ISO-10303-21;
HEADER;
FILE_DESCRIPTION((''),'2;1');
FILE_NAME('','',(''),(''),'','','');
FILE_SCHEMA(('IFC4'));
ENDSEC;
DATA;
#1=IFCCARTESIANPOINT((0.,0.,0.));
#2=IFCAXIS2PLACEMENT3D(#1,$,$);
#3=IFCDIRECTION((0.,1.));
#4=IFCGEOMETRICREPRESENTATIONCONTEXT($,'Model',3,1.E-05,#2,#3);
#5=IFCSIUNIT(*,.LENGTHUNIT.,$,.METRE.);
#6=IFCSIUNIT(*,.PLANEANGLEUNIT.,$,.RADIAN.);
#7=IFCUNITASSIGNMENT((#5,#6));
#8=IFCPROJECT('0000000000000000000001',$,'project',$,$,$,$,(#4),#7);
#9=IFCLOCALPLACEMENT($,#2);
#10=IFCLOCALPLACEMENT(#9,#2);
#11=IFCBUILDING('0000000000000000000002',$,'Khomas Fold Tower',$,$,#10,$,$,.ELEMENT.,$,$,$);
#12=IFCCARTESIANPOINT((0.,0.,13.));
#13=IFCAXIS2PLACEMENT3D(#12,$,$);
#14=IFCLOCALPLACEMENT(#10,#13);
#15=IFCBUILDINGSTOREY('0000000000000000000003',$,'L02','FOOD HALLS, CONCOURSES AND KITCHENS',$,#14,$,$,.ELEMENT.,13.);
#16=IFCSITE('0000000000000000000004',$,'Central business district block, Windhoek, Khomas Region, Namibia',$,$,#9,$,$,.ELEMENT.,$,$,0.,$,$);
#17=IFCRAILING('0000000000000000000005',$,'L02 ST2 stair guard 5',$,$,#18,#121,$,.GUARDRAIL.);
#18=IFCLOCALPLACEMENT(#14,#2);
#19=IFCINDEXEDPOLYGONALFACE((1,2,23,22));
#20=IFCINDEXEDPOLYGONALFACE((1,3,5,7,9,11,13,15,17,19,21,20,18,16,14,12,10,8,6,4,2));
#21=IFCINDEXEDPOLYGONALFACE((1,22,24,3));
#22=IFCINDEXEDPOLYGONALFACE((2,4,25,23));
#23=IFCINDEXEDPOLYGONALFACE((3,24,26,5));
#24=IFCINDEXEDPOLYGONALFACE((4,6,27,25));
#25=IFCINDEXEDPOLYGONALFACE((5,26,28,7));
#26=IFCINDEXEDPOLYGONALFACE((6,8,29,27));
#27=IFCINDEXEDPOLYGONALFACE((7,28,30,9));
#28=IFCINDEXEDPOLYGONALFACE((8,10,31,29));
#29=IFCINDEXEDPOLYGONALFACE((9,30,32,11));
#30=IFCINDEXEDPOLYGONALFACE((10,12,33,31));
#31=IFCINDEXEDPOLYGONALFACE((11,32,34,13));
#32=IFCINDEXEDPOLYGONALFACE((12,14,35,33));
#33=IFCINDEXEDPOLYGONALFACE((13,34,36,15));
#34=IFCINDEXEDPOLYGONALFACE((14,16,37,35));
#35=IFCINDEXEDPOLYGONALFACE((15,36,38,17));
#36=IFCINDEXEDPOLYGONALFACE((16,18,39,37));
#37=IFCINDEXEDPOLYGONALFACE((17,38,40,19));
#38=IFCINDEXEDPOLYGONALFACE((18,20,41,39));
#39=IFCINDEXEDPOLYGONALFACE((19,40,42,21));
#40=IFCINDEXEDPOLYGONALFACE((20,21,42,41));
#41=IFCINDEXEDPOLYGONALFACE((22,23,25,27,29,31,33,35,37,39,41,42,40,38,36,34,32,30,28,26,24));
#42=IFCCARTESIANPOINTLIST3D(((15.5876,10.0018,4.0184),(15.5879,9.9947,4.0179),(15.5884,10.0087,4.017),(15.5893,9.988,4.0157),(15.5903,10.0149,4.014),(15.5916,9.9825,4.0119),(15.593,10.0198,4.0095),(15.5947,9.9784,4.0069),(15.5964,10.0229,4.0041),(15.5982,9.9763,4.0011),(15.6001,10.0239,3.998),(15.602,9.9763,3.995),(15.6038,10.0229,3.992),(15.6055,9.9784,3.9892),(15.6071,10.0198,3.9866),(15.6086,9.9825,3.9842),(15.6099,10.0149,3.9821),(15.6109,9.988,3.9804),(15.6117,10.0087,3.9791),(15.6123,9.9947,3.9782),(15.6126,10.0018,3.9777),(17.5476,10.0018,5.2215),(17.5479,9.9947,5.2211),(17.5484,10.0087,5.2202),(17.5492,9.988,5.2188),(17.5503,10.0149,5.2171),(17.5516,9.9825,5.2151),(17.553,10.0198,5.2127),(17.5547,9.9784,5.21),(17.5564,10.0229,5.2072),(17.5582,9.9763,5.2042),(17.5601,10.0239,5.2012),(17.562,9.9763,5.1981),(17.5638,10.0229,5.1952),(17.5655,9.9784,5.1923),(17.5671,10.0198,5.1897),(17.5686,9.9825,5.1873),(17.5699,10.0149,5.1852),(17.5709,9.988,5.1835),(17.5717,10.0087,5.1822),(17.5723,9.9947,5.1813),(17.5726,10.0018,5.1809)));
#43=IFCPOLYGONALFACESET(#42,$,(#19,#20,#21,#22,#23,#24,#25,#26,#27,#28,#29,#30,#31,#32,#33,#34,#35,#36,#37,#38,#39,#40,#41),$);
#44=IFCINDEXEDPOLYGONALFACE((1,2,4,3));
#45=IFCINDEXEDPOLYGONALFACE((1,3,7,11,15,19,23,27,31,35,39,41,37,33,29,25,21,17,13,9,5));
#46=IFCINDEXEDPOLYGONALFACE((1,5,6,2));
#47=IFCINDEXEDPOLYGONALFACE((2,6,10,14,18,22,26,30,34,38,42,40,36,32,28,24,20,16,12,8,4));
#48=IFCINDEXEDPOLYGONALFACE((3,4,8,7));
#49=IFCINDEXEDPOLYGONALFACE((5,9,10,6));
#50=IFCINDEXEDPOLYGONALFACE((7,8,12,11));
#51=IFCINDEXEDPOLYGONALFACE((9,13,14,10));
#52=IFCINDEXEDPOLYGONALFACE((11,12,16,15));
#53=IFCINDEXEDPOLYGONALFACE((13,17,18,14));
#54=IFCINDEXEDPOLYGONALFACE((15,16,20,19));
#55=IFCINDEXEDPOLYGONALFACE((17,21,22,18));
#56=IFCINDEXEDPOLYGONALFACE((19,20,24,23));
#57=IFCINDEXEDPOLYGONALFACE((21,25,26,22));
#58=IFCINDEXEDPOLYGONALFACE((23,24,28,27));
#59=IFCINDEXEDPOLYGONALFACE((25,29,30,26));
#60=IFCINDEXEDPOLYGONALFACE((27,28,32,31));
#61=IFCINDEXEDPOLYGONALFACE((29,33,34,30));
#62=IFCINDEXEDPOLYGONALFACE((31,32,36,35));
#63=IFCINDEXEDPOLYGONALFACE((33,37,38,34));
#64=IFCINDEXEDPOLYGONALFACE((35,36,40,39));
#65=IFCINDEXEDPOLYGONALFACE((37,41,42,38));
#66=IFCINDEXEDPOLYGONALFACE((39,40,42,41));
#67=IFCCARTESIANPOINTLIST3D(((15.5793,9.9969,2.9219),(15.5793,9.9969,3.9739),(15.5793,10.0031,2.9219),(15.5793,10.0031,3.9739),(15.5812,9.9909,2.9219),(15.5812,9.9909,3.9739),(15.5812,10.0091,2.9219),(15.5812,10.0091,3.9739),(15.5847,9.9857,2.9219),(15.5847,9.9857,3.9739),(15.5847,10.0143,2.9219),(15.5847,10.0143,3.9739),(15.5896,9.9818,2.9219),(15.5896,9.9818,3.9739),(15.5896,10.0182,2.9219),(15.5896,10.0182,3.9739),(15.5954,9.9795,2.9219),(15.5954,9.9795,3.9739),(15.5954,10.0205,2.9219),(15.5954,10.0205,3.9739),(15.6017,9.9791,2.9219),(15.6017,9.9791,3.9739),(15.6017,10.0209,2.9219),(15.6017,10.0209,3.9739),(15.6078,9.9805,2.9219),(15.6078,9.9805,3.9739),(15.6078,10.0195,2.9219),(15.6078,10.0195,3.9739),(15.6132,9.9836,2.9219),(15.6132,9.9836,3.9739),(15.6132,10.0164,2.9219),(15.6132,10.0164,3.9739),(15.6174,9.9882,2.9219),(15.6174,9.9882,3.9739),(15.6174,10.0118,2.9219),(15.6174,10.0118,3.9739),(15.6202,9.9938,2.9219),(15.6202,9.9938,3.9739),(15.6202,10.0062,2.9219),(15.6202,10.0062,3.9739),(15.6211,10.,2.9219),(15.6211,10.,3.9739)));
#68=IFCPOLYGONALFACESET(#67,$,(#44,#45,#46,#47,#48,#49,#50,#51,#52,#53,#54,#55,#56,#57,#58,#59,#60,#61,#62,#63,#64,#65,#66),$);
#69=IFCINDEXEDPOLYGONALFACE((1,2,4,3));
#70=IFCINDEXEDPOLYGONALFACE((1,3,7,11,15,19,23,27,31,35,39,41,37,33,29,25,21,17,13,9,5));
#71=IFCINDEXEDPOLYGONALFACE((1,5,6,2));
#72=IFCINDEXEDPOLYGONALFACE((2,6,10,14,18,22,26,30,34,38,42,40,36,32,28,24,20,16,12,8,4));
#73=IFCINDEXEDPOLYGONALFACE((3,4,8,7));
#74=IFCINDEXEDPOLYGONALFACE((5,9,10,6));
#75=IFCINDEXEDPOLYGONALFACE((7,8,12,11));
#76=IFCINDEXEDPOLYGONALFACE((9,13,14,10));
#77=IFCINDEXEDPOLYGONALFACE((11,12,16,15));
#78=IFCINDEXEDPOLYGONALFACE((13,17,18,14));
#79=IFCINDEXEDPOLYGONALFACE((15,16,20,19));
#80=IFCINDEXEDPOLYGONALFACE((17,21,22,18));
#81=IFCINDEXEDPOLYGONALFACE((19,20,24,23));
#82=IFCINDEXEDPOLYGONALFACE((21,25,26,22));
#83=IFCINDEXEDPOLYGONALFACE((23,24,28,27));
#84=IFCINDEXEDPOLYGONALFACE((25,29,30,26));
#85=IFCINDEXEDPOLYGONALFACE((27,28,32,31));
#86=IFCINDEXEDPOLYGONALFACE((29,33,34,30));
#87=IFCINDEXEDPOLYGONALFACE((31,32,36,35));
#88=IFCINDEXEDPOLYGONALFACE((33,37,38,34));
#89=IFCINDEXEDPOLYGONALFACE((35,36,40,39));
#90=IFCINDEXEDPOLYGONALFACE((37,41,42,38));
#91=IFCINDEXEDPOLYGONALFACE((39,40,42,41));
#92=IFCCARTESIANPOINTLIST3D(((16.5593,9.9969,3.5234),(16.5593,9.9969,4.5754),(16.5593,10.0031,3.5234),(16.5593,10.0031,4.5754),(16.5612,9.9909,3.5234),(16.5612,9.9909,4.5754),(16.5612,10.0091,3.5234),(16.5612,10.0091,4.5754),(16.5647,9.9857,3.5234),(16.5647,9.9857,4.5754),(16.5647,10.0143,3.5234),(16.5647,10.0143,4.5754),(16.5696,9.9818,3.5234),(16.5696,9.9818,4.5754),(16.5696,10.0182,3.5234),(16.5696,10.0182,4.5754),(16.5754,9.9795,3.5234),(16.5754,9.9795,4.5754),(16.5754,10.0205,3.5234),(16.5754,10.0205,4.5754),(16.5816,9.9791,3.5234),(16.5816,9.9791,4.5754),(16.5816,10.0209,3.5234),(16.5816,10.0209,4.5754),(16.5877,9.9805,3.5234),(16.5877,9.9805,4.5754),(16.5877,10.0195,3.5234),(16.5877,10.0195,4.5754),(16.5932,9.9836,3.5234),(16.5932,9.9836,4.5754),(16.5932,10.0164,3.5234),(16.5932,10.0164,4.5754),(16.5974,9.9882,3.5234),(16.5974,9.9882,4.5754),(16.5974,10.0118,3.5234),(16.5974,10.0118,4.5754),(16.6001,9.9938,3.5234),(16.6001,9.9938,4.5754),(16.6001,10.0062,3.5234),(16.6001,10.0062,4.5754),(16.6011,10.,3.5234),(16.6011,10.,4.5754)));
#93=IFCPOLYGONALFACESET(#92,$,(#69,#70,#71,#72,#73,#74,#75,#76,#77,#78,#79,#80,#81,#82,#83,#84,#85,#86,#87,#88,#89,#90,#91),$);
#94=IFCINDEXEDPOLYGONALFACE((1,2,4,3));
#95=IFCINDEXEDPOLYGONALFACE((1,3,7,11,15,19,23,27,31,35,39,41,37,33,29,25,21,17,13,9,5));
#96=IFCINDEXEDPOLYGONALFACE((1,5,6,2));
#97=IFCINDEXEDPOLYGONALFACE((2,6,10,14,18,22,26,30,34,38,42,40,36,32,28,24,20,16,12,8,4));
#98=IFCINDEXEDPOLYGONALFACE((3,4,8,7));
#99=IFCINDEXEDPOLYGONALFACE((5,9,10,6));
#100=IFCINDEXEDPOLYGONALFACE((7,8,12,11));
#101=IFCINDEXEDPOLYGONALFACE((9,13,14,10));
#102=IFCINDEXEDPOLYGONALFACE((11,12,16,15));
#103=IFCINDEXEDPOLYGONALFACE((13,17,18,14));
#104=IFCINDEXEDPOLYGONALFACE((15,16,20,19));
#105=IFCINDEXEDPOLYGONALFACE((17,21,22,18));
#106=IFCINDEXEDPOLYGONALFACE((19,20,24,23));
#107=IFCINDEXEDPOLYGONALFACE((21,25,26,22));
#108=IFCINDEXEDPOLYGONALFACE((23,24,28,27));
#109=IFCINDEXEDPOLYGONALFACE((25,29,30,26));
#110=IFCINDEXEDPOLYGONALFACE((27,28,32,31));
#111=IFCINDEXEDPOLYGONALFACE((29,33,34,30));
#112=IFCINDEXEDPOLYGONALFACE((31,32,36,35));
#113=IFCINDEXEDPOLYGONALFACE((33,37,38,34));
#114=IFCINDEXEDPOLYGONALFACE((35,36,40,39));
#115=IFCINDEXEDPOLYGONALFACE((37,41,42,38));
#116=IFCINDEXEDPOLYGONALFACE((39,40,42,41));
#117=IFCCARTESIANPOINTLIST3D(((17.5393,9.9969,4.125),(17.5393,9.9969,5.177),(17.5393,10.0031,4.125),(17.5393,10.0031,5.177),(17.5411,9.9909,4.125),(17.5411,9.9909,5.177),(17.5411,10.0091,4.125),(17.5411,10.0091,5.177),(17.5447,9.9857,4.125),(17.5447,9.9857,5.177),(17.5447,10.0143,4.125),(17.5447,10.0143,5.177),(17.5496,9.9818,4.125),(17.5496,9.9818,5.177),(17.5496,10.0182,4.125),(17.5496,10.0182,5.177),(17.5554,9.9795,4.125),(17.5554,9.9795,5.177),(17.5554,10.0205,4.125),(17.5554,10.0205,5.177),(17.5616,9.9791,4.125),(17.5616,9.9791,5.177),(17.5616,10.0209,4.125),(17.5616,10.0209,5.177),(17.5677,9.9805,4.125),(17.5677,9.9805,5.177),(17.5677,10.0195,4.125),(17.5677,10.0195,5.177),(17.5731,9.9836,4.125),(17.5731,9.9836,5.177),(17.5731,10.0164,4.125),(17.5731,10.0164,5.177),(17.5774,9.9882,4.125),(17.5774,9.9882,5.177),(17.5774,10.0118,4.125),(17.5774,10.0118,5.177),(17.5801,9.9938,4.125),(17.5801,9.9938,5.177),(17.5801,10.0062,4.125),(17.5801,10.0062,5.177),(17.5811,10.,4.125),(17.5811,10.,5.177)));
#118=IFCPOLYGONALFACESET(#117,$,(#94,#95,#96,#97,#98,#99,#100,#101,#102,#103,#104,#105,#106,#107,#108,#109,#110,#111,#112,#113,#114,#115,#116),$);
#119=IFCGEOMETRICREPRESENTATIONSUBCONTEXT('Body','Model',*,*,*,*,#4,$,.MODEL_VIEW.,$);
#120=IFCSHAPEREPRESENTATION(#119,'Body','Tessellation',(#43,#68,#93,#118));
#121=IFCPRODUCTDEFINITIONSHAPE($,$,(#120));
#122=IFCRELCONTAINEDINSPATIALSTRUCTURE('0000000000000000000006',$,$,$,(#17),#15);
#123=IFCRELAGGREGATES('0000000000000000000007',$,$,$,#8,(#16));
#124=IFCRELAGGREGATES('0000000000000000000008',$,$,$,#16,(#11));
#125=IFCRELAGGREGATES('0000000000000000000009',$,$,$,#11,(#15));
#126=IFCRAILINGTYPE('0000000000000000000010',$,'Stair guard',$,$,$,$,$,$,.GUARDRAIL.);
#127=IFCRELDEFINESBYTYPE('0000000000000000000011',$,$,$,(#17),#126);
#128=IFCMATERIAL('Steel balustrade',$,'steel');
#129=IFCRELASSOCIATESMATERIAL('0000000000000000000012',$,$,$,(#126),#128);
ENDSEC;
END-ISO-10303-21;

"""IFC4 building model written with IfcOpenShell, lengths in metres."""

from ifc_helpers import new_model, si_unit, direction, frame, origin, origin_2d, place, context, subcontext, project, spatial, circle, extrude, source, transform, mapped, material, type_object, element, save


model = new_model("IFC4")

# Units and contexts
model_context = context("Model", 3, precision=1e-05, world=origin(), true_north=direction((0.0, 1.0)))
body_context = subcontext(model_context, "Body", "Model", "MODEL_VIEW")
ifc_project = project(units=[si_unit("LENGTHUNIT", "METRE"), si_unit("PLANEANGLEUNIT", "RADIAN")], contexts=[model_context])

# Site, building, storey
site_placement = place(None, origin())
site = spatial("IfcSite", under=ifc_project, at=site_placement, Name="Central business district block, Windhoek, Khomas Region, Namibia", CompositionType="ELEMENT", RefElevation=0.0)
building_placement = place(site_placement, origin())
building = spatial("IfcBuilding", under=site, at=building_placement, Name="Khomas Fold Tower", CompositionType="ELEMENT")
storey_placement = place(building_placement, frame((0.0, 0.0, 13.0)))
storey = spatial("IfcBuildingStorey", under=building, at=storey_placement, Name="L02", Description="FOOD HALLS, CONCOURSES AND KITCHENS", CompositionType="ELEMENT", Elevation=13.0)

# Railing
ifc_material_1 = material(Name="Steel balustrade", Category="steel")
railing_type_1 = type_object("IfcRailingType", Name="Stair guard", PredefinedType="GUARDRAIL", material=ifc_material_1)
shared_shape_1 = source(origin(), body_context, "Body", "SweptSolid", [
    extrude(circle(Radius=0.0239, at=origin_2d()), frame((0.0, 0.0, 1.0762), z_axis=(0.852241, 0.0, 0.523149), x_axis=(0.0, 1.0, 0.0)), (0.0, 0.0, 1.0), 2.2998),
    extrude(circle(Radius=0.021, at=origin_2d()), origin(), (0.0, 0.0, 1.0), 1.052),
    extrude(circle(Radius=0.021, at=origin_2d()), frame((0.98, 0.0, 0.6016)), (0.0, 0.0, 1.0), 1.052),
    extrude(circle(Radius=0.021, at=origin_2d()), frame((1.96, 0.0, 1.2031)), (0.0, 0.0, 1.0), 1.052),
])
for number, where, name in (
    (1, (15.6001, 10.0, 2.9219), "L02 ST2 stair guard 5"),
):
    element("IfcRailing", number, at=place(storey_placement, frame(where)), inside=storey, type_object=railing_type_1, Name=name, PredefinedType="GUARDRAIL", context=body_context, shape_type="MappedRepresentation", body=[
        mapped(shared_shape_1, transform((0.0, 0.0, 0.0))),
    ])

save(model, "model.ifc")
